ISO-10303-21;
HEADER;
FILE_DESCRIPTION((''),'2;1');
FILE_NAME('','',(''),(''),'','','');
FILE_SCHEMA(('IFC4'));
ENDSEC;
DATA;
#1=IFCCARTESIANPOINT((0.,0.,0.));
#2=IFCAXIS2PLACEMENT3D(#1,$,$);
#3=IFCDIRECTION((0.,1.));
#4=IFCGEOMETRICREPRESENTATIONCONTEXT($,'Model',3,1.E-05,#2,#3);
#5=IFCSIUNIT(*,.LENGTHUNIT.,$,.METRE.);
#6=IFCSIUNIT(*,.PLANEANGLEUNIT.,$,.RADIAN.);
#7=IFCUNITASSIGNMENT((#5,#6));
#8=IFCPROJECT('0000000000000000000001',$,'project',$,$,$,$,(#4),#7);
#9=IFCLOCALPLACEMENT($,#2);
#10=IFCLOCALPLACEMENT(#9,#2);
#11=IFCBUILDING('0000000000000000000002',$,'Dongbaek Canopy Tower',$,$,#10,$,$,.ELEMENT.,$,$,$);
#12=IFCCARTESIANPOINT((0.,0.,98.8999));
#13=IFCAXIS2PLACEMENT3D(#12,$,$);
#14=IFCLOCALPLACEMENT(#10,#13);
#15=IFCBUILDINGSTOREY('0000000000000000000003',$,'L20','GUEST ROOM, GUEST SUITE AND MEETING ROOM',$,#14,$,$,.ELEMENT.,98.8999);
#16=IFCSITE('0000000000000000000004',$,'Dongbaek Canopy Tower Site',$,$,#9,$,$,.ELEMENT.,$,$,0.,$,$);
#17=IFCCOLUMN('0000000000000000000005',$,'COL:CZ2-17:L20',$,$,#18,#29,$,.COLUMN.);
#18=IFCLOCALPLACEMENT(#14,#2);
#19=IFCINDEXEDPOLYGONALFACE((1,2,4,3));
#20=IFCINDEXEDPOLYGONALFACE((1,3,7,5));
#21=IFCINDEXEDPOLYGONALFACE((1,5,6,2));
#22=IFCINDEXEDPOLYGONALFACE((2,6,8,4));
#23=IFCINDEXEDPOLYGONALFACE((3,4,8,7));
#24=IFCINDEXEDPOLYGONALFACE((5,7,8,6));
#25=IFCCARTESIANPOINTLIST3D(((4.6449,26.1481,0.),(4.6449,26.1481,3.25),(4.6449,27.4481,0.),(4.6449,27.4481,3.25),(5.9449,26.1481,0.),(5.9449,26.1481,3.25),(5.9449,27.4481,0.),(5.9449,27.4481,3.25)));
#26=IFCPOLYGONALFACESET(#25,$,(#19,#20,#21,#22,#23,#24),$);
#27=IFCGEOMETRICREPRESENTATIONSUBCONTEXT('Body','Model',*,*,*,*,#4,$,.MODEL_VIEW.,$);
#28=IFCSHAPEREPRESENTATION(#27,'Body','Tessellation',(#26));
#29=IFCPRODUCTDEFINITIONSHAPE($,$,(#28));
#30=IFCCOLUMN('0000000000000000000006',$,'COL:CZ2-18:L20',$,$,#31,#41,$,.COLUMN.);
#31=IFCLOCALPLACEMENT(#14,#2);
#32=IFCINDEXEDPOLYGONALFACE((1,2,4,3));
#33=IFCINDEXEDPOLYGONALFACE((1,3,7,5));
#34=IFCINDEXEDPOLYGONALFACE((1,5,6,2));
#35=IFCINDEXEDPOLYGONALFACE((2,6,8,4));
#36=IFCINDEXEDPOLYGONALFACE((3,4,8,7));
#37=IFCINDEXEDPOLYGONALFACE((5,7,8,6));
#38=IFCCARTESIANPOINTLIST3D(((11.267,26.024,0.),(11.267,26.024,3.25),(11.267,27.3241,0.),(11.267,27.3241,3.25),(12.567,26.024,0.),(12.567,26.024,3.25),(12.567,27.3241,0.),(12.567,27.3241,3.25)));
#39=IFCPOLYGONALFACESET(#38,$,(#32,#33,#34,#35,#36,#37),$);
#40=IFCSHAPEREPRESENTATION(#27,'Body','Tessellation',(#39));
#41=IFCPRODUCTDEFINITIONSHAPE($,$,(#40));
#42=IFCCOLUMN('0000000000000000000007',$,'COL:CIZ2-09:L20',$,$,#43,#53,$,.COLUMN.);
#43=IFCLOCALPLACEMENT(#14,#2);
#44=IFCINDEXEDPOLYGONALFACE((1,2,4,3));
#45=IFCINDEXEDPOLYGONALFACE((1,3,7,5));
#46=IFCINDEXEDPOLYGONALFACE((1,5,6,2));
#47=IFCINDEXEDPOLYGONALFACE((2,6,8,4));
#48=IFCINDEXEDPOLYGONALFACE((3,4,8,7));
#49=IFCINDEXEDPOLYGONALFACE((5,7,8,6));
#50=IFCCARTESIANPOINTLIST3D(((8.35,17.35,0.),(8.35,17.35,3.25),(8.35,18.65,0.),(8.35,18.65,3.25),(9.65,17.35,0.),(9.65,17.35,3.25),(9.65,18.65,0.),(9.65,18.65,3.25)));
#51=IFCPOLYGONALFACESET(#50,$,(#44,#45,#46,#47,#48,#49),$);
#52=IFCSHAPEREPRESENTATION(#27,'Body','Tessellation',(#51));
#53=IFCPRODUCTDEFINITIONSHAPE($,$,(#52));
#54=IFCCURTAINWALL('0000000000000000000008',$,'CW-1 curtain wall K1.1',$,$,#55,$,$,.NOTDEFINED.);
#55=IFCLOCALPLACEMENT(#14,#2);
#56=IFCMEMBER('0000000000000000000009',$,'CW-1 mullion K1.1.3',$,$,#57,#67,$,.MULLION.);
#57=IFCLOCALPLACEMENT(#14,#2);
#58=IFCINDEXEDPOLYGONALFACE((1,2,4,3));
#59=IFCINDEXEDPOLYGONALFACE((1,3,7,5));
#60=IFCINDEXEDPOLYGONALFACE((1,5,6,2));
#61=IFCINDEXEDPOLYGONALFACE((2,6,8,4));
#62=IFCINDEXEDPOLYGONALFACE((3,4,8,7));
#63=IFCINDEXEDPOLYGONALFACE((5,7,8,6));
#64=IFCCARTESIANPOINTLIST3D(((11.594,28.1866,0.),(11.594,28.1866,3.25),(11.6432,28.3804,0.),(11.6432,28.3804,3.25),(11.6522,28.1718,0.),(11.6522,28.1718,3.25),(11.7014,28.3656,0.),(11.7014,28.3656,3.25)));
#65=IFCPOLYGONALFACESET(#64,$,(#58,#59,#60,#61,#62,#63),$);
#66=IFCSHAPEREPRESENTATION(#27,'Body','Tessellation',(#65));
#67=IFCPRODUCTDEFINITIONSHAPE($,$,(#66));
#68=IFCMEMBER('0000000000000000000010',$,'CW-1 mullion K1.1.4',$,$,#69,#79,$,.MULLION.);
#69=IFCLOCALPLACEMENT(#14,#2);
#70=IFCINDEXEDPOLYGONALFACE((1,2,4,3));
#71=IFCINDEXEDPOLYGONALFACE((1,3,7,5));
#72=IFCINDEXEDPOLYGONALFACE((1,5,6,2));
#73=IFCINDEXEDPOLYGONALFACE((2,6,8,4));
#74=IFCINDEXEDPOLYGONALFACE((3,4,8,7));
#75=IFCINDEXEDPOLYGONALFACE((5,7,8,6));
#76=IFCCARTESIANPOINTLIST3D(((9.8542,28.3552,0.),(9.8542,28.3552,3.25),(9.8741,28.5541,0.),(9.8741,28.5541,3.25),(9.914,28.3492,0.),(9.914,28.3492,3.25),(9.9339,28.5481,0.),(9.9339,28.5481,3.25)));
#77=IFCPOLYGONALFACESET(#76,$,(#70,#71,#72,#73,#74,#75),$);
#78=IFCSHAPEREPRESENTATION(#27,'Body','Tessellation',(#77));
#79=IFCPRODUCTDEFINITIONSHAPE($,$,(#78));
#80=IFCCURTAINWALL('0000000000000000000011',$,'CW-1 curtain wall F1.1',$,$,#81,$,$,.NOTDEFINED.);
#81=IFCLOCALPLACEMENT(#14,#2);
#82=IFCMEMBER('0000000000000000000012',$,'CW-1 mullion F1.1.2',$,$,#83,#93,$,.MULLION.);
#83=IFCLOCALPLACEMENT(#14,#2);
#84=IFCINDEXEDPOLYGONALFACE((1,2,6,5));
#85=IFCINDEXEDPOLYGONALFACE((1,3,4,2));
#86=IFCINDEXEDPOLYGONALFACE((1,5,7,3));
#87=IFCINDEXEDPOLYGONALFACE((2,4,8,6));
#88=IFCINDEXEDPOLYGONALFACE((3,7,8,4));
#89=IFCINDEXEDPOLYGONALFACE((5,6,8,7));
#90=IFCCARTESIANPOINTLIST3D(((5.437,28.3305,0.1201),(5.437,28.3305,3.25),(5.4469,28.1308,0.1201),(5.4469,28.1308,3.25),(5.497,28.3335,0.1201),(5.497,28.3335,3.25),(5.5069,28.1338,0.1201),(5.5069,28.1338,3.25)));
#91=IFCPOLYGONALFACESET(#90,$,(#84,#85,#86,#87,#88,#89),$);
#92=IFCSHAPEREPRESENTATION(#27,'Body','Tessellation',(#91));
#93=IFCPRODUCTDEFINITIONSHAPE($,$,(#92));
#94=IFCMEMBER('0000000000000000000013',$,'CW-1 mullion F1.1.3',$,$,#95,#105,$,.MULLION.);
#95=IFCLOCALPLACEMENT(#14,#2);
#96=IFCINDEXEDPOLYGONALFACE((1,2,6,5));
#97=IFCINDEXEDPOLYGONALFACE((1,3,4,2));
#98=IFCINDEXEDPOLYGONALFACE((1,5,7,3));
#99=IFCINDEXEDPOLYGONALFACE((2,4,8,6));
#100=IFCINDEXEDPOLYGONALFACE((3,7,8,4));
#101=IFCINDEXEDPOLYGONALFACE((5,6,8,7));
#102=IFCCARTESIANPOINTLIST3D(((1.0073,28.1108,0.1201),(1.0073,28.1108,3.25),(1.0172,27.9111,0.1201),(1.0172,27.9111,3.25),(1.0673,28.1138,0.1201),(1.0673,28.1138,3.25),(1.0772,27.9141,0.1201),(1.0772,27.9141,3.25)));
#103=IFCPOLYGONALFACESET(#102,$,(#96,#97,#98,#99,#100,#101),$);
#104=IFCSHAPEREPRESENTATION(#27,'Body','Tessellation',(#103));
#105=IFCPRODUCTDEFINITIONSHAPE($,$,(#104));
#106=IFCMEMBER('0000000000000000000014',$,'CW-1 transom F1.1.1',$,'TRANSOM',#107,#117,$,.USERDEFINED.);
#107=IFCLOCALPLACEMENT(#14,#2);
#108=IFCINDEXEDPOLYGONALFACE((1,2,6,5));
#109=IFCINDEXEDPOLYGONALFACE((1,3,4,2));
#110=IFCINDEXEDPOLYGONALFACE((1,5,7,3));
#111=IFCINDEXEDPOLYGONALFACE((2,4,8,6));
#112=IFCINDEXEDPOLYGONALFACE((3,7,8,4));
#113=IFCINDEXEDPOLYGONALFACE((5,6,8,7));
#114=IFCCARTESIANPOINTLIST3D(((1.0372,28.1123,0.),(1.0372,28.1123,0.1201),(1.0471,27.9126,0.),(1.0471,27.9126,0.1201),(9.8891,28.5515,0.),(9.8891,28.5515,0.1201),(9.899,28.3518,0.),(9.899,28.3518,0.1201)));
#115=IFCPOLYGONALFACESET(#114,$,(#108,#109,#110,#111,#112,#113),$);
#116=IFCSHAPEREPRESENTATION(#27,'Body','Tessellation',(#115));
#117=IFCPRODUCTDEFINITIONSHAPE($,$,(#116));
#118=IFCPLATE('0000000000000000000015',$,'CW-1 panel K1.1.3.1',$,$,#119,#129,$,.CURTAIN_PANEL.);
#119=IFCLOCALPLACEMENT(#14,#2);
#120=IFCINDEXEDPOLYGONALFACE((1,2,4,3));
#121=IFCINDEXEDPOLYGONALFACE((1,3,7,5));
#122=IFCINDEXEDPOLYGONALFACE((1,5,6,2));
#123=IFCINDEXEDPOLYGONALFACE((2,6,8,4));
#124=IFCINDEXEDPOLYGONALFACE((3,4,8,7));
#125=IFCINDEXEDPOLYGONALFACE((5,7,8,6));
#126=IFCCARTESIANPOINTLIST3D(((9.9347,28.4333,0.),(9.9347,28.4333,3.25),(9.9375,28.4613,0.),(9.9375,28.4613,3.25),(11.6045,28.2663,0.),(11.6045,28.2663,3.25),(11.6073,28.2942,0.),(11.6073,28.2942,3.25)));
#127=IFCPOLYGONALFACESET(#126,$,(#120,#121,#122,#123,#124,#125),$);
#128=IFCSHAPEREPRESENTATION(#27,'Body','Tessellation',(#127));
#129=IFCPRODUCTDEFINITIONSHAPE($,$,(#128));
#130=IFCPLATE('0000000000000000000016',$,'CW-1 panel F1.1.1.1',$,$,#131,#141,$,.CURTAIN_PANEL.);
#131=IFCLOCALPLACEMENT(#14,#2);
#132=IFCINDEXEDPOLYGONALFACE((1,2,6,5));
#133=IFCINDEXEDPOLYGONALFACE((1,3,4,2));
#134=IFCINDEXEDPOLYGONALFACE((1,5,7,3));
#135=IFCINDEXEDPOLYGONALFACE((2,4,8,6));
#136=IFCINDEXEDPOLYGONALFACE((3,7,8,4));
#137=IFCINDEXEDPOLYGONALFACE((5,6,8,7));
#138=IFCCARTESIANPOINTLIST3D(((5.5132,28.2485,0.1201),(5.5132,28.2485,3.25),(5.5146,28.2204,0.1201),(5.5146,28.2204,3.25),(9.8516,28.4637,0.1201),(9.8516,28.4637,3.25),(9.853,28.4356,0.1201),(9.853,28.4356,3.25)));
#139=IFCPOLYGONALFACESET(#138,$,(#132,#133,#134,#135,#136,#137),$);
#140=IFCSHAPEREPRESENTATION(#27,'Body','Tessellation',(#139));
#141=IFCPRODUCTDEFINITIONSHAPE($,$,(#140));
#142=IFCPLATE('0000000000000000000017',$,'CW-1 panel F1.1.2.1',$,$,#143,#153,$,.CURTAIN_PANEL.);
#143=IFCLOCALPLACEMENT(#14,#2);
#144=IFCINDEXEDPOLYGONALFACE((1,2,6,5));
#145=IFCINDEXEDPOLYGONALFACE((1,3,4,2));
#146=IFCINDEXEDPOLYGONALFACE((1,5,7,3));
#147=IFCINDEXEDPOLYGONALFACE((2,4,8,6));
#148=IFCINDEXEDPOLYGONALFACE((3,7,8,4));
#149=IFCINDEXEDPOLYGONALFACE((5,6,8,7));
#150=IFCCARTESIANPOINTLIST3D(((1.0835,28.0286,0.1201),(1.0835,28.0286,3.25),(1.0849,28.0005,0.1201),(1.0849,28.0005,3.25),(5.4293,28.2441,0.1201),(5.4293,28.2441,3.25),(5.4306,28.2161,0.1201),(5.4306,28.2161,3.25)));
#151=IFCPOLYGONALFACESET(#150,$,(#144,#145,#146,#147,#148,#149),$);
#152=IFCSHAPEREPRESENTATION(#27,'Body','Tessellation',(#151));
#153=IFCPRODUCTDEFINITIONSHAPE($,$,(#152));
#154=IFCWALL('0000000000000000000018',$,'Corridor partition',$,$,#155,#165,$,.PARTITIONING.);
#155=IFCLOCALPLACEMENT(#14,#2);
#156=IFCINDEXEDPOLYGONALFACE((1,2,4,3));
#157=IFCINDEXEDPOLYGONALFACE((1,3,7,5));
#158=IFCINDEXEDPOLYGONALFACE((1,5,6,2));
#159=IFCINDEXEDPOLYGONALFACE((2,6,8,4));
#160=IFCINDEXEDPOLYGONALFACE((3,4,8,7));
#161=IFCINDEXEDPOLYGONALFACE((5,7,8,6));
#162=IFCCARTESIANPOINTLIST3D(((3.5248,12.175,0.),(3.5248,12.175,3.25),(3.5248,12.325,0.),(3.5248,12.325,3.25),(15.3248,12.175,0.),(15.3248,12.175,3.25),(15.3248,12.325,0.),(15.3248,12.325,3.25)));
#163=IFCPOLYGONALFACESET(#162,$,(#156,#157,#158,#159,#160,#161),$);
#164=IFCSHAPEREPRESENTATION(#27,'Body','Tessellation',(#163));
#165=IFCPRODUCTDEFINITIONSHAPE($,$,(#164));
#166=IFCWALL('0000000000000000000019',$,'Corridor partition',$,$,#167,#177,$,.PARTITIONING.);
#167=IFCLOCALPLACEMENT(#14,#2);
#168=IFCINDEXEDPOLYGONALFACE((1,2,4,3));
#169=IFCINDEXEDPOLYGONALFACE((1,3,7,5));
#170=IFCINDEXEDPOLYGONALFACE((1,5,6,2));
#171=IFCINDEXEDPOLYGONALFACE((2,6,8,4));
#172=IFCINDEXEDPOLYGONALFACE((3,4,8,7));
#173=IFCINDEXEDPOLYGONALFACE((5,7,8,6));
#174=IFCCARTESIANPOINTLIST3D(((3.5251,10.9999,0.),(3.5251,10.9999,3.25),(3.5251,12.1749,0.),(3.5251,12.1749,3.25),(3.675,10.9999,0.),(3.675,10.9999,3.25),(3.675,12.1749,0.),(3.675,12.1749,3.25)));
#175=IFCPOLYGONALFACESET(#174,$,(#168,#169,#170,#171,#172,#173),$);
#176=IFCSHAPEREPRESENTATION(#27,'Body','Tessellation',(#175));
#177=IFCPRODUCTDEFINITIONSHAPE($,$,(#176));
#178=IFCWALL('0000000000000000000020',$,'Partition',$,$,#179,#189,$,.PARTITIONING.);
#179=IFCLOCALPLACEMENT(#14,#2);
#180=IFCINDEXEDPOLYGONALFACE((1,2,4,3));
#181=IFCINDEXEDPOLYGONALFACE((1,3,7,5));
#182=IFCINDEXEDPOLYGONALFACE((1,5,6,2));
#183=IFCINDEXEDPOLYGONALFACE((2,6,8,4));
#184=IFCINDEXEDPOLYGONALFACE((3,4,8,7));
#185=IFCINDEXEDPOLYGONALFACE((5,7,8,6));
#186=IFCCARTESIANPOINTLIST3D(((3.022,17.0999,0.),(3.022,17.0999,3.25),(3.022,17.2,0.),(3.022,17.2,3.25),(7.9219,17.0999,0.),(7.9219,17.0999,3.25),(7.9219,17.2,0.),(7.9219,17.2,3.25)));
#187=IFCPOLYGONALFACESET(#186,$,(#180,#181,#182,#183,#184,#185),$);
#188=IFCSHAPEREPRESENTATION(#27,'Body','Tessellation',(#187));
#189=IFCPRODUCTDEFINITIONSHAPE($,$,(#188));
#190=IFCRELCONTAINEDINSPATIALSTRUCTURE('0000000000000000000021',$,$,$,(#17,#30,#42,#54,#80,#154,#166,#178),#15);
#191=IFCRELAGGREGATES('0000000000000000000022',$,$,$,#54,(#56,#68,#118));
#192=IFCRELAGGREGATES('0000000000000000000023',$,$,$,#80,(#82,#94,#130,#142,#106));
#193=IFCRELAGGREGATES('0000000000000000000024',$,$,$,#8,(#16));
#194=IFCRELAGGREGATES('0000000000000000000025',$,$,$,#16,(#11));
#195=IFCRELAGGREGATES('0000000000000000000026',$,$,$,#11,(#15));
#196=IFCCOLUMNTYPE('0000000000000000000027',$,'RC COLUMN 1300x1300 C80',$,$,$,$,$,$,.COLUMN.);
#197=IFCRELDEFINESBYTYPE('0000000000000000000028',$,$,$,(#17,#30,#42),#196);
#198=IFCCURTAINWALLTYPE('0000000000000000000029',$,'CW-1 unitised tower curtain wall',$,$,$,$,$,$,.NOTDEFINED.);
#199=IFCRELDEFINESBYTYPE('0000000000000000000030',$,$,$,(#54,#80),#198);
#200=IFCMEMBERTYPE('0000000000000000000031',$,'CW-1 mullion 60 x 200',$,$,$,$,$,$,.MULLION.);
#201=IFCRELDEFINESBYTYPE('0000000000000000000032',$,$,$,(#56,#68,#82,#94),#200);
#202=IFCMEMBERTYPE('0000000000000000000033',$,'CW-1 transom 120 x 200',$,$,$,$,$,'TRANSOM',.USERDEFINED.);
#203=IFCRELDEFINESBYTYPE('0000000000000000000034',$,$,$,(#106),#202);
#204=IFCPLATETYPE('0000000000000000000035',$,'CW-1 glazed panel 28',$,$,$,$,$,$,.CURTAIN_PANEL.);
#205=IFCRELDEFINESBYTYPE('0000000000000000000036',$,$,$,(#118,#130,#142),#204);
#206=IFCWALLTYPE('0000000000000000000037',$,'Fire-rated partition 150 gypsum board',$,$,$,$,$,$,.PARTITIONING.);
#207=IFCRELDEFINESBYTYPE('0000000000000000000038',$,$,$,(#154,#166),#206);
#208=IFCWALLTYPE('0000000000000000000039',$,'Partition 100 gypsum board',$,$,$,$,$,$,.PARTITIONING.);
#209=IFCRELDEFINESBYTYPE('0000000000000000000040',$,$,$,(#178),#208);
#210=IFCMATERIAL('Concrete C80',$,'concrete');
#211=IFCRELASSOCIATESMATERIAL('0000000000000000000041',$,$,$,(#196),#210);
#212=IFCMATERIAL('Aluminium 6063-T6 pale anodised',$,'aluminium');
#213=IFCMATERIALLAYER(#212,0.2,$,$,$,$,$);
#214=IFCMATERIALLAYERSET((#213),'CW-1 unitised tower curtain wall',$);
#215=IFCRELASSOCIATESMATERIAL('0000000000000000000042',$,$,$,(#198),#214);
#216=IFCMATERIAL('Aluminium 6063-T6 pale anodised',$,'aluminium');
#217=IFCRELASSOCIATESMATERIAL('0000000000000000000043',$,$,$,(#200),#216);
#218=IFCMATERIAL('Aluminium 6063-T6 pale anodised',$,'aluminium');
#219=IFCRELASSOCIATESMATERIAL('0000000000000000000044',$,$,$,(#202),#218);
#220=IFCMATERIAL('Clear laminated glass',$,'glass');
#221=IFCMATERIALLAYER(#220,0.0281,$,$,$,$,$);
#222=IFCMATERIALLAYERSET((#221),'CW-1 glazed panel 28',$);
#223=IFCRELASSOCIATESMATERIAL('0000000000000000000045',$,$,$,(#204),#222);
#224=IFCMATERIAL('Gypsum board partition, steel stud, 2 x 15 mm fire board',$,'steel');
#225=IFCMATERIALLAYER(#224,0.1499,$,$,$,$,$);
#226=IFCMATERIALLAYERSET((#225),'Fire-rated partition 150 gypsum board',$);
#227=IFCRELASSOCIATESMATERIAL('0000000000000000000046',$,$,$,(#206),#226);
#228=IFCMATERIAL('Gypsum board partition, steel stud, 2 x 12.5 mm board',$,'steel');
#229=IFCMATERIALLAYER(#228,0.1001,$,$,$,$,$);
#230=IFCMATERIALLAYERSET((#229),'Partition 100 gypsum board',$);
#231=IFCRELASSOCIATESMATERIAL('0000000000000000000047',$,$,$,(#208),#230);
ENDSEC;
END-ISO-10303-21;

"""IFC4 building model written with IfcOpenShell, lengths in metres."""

from ifc_helpers import new_model, si_unit, direction, frame, frame_2d, origin, origin_2d, place, context, subcontext, project, spatial, rectangle, extrude, material, layer, layer_set, material_profile, profile_set, type_object, element, aggregate, save


model = new_model("IFC4")

# Units and contexts
model_context = context("Model", 3, precision=1e-05, world=origin(), true_north=direction((0.0, 1.0)))
body_context = subcontext(model_context, "Body", "Model", "MODEL_VIEW")
ifc_project = project(units=[si_unit("LENGTHUNIT", "METRE"), si_unit("PLANEANGLEUNIT", "RADIAN")], contexts=[model_context])

# Site, building, storey
site_placement = place(None, origin())
site = spatial("IfcSite", under=ifc_project, at=site_placement, Name="Dongbaek Canopy Tower Site", CompositionType="ELEMENT", RefElevation=0.0)
building_placement = place(site_placement, origin())
building = spatial("IfcBuilding", under=site, at=building_placement, Name="Dongbaek Canopy Tower", CompositionType="ELEMENT")
storey_placement = place(building_placement, frame((0.0, 0.0, 98.8999)))
storey = spatial("IfcBuildingStorey", under=building, at=storey_placement, Name="L20", Description="GUEST ROOM, GUEST SUITE AND MEETING ROOM", CompositionType="ELEMENT", Elevation=98.8999)

# Columns
ifc_material_1 = material(Name="Concrete C80", Category="concrete")
ifc_material_profile_1 = material_profile(ifc_material_1, rectangle(XDim=1.3, YDim=1.3, at=origin_2d()), Name="RC COLUMN 1300x1300 C80")
ifc_profile_set_1 = profile_set([ifc_material_profile_1], Name="Concrete C80")
column_type = type_object("IfcColumnType", Name="RC COLUMN 1300x1300 C80", PredefinedType="COLUMN", material=ifc_profile_set_1)
for number, where, z_axis, x_axis, name in (
    (1, (5.2949, 26.7981, 0.0), (0.0, 0.0, 1.0), (1.0, 0.0, 0.0), "COL:CZ2-17:L20"),
    (2, (11.917, 26.6741, 0.0), (0.0, 0.0, 1.0), (1.0, 0.0, 0.0), "COL:CZ2-18:L20"),
    (3, (9.0, 18.0, 0.0), (0.0, 0.0, 1.0), (1.0, 0.0, 0.0), "COL:CIZ2-09:L20"),
):
    element("IfcColumn", number, at=place(storey_placement, frame(where, z_axis=z_axis, x_axis=x_axis)), inside=storey, type_object=column_type, Name=name, PredefinedType="COLUMN", context=body_context, shape_type="SweptSolid", body=[
        extrude(rectangle(XDim=1.3, YDim=1.3, at=origin_2d()), origin(), (0.0, 0.0, 1.0), 3.25),
    ])

# Curtain walls, members
ifc_material_2 = material(Name="Aluminium 6063-T6 pale anodised", Category="aluminium")
ifc_layer_1 = layer(ifc_material_2, 0.2)
ifc_layer_set_1 = layer_set([ifc_layer_1], Name="CW-1 unitised tower curtain wall")
curtain_wall_type = type_object("IfcCurtainWallType", Name="CW-1 unitised tower curtain wall", PredefinedType="NOTDEFINED", material=ifc_layer_set_1)
curtain_wall_1_placement = place(storey_placement, origin())
curtain_wall_1 = element("IfcCurtainWall", 4, at=curtain_wall_1_placement, inside=storey, type_object=curtain_wall_type, Name="CW-1 curtain wall K1.1", PredefinedType="NOTDEFINED")
ifc_material_3 = material(Name="Aluminium 6063-T6 pale anodised", Category="aluminium")
ifc_material_profile_2 = material_profile(ifc_material_3, rectangle(XDim=0.2, YDim=0.0601, at=origin_2d()), Name="CW-1 mullion 60 x 200")
ifc_profile_set_2 = profile_set([ifc_material_profile_2], Name="Aluminium 6063-T6 pale anodised")
member_type_1 = type_object("IfcMemberType", Name="CW-1 mullion 60 x 200", PredefinedType="MULLION", material=ifc_profile_set_2)
member_1_placement = place(storey_placement, frame((11.6477, 28.2761, 0.0), z_axis=(0.0, 0.0, 1.0), x_axis=(0.246453, 0.969155, 0.0)))
member_1 = element("IfcMember", 5, at=member_1_placement, type_object=member_type_1, Name="CW-1 mullion K1.1.3", PredefinedType="MULLION", context=body_context, shape_type="SweptSolid", body=[
    extrude(rectangle(XDim=0.2, YDim=0.0601, at=origin_2d()), origin(), (0.0, 0.0, 1.0), 3.25),
])
member_2_placement = place(storey_placement, frame((9.894, 28.4517, 0.0), z_axis=(0.0, 0.0, 1.0), x_axis=(0.099565, 0.995031, 0.0)))
member_2 = element("IfcMember", 6, at=member_2_placement, type_object=member_type_1, Name="CW-1 mullion K1.1.4", PredefinedType="MULLION", context=body_context, shape_type="SweptSolid", body=[
    extrude(rectangle(XDim=0.2, YDim=0.0601, at=origin_2d()), origin(), (0.0, 0.0, 1.0), 3.25),
])
curtain_wall_2_placement = place(storey_placement, origin())
curtain_wall_2 = element("IfcCurtainWall", 7, at=curtain_wall_2_placement, inside=storey, type_object=curtain_wall_type, Name="CW-1 curtain wall F1.1", PredefinedType="NOTDEFINED")
member_3_placement = place(storey_placement, frame((5.4719, 28.2322, 0.1201), z_axis=(0.0, 0.0, 1.0), x_axis=(-0.049538, 0.998772, 0.0)))
member_3 = element("IfcMember", 8, at=member_3_placement, type_object=member_type_1, Name="CW-1 mullion F1.1.2", PredefinedType="MULLION", context=body_context, shape_type="SweptSolid", body=[
    extrude(rectangle(XDim=0.2, YDim=0.0601, at=origin_2d()), origin(), (0.0, 0.0, 1.0), 3.1299),
])
member_4_placement = place(storey_placement, frame((1.0422, 28.0125, 0.1201), z_axis=(0.0, 0.0, 1.0), x_axis=(-0.049538, 0.998772, 0.0)))
member_4 = element("IfcMember", 9, at=member_4_placement, type_object=member_type_1, Name="CW-1 mullion F1.1.3", PredefinedType="MULLION", context=body_context, shape_type="SweptSolid", body=[
    extrude(rectangle(XDim=0.2, YDim=0.0601, at=origin_2d()), origin(), (0.0, 0.0, 1.0), 3.1299),
])
ifc_material_4 = material(Name="Aluminium 6063-T6 pale anodised", Category="aluminium")
ifc_material_profile_3 = material_profile(ifc_material_4, rectangle(XDim=0.2, YDim=0.1201, at=origin_2d()), Name="CW-1 transom 120 x 200")
ifc_profile_set_3 = profile_set([ifc_material_profile_3], Name="Aluminium 6063-T6 pale anodised")
member_type_2 = type_object("IfcMemberType", Name="CW-1 transom 120 x 200", ElementType="TRANSOM", PredefinedType="USERDEFINED", material=ifc_profile_set_3)
member_5_placement = place(storey_placement, frame((9.894, 28.4517, 0.0601), z_axis=(-0.998771, -0.049557, 0.0), x_axis=(0.049557, -0.998771, 0.0)))
member_5 = element("IfcMember", 10, at=member_5_placement, type_object=member_type_2, Name="CW-1 transom F1.1.1", ObjectType="TRANSOM", PredefinedType="USERDEFINED", context=body_context, shape_type="SweptSolid", body=[
    extrude(rectangle(XDim=0.2, YDim=0.1201, at=origin_2d()), origin(), (0.0, 0.0, 1.0), 8.8628),
])

# Plates
ifc_material_5 = material(Name="Clear laminated glass", Category="glass")
ifc_layer_2 = layer(ifc_material_5, 0.0281)
ifc_layer_set_2 = layer_set([ifc_layer_2], Name="CW-1 glazed panel 28")
plate_type = type_object("IfcPlateType", Name="CW-1 glazed panel 28", PredefinedType="CURTAIN_PANEL", material=ifc_layer_set_2)
plate_1_placement = place(storey_placement, frame((10.771, 28.3638, 0.0), z_axis=(0.0, 0.0, 1.0), x_axis=(-0.995031, 0.099565, 0.0)))
plate_1 = element("IfcPlate", 11, at=plate_1_placement, type_object=plate_type, Name="CW-1 panel K1.1.3.1", PredefinedType="CURTAIN_PANEL", context=body_context, shape_type="SweptSolid", body=[
    extrude(rectangle(XDim=1.6782, YDim=0.0281, at=origin_2d()), origin(), (0.0, 0.0, 1.0), 3.25),
])
aggregate(curtain_wall_1, [member_1, member_2, plate_1])
plate_2_placement = place(storey_placement, frame((7.6831, 28.342, 0.1201), z_axis=(0.0, 0.0, 1.0), x_axis=(-0.998772, -0.049538, 0.0)))
plate_2 = element("IfcPlate", 12, at=plate_2_placement, type_object=plate_type, Name="CW-1 panel F1.1.1.1", PredefinedType="CURTAIN_PANEL", context=body_context, shape_type="SweptSolid", body=[
    extrude(rectangle(XDim=4.3438, YDim=0.0281, at=origin_2d()), origin(), (0.0, 0.0, 1.0), 3.1299),
])
plate_3_placement = place(storey_placement, frame((3.2571, 28.1223, 0.1201), z_axis=(0.0, 0.0, 1.0), x_axis=(-0.998772, -0.049538, 0.0)))
plate_3 = element("IfcPlate", 13, at=plate_3_placement, type_object=plate_type, Name="CW-1 panel F1.1.2.1", PredefinedType="CURTAIN_PANEL", context=body_context, shape_type="SweptSolid", body=[
    extrude(rectangle(XDim=4.3511, YDim=0.0281, at=origin_2d()), origin(), (0.0, 0.0, 1.0), 3.1299),
])

# Walls
ifc_material_6 = material(Name="Gypsum board partition, steel stud, 2 x 15 mm fire board", Category="steel")
ifc_layer_3 = layer(ifc_material_6, 0.1499)
ifc_layer_set_3 = layer_set([ifc_layer_3], Name="Fire-rated partition 150 gypsum board")
wall_type_1 = type_object("IfcWallType", Name="Fire-rated partition 150 gypsum board", PredefinedType="PARTITIONING", material=ifc_layer_set_3)
wall_1_placement = place(storey_placement, frame((3.5249, 12.25, 0.0), z_axis=(0.0, 0.0, 1.0), x_axis=(1.0, 0.0, 0.0)))
element("IfcWall", 14, at=wall_1_placement, inside=storey, type_object=wall_type_1, Name="Corridor partition", PredefinedType="PARTITIONING", context=body_context, shape_type="SweptSolid", body=[
    extrude(rectangle(XDim=11.8, YDim=0.1499, at=frame_2d((5.8999, 0.0))), origin(), (0.0, 0.0, 1.0), 3.25),
])
wall_2_placement = place(storey_placement, frame((3.6001, 11.0, 0.0), z_axis=(0.0, 0.0, 1.0), x_axis=(0.0, 1.0, 0.0)))
element("IfcWall", 15, at=wall_2_placement, inside=storey, type_object=wall_type_1, Name="Corridor partition", PredefinedType="PARTITIONING", context=body_context, shape_type="SweptSolid", body=[
    extrude(rectangle(XDim=1.175, YDim=0.1499, at=frame_2d((0.5874, 0.0))), origin(), (0.0, 0.0, 1.0), 3.25),
])
ifc_material_7 = material(Name="Gypsum board partition, steel stud, 2 x 12.5 mm board", Category="steel")
ifc_layer_4 = layer(ifc_material_7, 0.1001)
ifc_layer_set_4 = layer_set([ifc_layer_4], Name="Partition 100 gypsum board")
wall_type_2 = type_object("IfcWallType", Name="Partition 100 gypsum board", PredefinedType="PARTITIONING", material=ifc_layer_set_4)
wall_3_placement = place(storey_placement, frame((3.022, 17.1499, 0.0), z_axis=(0.0, 0.0, 1.0), x_axis=(1.0, 0.0, 0.0)))
element("IfcWall", 16, at=wall_3_placement, inside=storey, type_object=wall_type_2, Name="Partition", PredefinedType="PARTITIONING", context=body_context, shape_type="SweptSolid", body=[
    extrude(rectangle(XDim=4.8999, YDim=0.1001, at=frame_2d((2.45, 0.0))), origin(), (0.0, 0.0, 1.0), 3.25),
])

aggregate(curtain_wall_2, [member_3, member_4, plate_2, plate_3, member_5])

save(model, "model.ifc")
